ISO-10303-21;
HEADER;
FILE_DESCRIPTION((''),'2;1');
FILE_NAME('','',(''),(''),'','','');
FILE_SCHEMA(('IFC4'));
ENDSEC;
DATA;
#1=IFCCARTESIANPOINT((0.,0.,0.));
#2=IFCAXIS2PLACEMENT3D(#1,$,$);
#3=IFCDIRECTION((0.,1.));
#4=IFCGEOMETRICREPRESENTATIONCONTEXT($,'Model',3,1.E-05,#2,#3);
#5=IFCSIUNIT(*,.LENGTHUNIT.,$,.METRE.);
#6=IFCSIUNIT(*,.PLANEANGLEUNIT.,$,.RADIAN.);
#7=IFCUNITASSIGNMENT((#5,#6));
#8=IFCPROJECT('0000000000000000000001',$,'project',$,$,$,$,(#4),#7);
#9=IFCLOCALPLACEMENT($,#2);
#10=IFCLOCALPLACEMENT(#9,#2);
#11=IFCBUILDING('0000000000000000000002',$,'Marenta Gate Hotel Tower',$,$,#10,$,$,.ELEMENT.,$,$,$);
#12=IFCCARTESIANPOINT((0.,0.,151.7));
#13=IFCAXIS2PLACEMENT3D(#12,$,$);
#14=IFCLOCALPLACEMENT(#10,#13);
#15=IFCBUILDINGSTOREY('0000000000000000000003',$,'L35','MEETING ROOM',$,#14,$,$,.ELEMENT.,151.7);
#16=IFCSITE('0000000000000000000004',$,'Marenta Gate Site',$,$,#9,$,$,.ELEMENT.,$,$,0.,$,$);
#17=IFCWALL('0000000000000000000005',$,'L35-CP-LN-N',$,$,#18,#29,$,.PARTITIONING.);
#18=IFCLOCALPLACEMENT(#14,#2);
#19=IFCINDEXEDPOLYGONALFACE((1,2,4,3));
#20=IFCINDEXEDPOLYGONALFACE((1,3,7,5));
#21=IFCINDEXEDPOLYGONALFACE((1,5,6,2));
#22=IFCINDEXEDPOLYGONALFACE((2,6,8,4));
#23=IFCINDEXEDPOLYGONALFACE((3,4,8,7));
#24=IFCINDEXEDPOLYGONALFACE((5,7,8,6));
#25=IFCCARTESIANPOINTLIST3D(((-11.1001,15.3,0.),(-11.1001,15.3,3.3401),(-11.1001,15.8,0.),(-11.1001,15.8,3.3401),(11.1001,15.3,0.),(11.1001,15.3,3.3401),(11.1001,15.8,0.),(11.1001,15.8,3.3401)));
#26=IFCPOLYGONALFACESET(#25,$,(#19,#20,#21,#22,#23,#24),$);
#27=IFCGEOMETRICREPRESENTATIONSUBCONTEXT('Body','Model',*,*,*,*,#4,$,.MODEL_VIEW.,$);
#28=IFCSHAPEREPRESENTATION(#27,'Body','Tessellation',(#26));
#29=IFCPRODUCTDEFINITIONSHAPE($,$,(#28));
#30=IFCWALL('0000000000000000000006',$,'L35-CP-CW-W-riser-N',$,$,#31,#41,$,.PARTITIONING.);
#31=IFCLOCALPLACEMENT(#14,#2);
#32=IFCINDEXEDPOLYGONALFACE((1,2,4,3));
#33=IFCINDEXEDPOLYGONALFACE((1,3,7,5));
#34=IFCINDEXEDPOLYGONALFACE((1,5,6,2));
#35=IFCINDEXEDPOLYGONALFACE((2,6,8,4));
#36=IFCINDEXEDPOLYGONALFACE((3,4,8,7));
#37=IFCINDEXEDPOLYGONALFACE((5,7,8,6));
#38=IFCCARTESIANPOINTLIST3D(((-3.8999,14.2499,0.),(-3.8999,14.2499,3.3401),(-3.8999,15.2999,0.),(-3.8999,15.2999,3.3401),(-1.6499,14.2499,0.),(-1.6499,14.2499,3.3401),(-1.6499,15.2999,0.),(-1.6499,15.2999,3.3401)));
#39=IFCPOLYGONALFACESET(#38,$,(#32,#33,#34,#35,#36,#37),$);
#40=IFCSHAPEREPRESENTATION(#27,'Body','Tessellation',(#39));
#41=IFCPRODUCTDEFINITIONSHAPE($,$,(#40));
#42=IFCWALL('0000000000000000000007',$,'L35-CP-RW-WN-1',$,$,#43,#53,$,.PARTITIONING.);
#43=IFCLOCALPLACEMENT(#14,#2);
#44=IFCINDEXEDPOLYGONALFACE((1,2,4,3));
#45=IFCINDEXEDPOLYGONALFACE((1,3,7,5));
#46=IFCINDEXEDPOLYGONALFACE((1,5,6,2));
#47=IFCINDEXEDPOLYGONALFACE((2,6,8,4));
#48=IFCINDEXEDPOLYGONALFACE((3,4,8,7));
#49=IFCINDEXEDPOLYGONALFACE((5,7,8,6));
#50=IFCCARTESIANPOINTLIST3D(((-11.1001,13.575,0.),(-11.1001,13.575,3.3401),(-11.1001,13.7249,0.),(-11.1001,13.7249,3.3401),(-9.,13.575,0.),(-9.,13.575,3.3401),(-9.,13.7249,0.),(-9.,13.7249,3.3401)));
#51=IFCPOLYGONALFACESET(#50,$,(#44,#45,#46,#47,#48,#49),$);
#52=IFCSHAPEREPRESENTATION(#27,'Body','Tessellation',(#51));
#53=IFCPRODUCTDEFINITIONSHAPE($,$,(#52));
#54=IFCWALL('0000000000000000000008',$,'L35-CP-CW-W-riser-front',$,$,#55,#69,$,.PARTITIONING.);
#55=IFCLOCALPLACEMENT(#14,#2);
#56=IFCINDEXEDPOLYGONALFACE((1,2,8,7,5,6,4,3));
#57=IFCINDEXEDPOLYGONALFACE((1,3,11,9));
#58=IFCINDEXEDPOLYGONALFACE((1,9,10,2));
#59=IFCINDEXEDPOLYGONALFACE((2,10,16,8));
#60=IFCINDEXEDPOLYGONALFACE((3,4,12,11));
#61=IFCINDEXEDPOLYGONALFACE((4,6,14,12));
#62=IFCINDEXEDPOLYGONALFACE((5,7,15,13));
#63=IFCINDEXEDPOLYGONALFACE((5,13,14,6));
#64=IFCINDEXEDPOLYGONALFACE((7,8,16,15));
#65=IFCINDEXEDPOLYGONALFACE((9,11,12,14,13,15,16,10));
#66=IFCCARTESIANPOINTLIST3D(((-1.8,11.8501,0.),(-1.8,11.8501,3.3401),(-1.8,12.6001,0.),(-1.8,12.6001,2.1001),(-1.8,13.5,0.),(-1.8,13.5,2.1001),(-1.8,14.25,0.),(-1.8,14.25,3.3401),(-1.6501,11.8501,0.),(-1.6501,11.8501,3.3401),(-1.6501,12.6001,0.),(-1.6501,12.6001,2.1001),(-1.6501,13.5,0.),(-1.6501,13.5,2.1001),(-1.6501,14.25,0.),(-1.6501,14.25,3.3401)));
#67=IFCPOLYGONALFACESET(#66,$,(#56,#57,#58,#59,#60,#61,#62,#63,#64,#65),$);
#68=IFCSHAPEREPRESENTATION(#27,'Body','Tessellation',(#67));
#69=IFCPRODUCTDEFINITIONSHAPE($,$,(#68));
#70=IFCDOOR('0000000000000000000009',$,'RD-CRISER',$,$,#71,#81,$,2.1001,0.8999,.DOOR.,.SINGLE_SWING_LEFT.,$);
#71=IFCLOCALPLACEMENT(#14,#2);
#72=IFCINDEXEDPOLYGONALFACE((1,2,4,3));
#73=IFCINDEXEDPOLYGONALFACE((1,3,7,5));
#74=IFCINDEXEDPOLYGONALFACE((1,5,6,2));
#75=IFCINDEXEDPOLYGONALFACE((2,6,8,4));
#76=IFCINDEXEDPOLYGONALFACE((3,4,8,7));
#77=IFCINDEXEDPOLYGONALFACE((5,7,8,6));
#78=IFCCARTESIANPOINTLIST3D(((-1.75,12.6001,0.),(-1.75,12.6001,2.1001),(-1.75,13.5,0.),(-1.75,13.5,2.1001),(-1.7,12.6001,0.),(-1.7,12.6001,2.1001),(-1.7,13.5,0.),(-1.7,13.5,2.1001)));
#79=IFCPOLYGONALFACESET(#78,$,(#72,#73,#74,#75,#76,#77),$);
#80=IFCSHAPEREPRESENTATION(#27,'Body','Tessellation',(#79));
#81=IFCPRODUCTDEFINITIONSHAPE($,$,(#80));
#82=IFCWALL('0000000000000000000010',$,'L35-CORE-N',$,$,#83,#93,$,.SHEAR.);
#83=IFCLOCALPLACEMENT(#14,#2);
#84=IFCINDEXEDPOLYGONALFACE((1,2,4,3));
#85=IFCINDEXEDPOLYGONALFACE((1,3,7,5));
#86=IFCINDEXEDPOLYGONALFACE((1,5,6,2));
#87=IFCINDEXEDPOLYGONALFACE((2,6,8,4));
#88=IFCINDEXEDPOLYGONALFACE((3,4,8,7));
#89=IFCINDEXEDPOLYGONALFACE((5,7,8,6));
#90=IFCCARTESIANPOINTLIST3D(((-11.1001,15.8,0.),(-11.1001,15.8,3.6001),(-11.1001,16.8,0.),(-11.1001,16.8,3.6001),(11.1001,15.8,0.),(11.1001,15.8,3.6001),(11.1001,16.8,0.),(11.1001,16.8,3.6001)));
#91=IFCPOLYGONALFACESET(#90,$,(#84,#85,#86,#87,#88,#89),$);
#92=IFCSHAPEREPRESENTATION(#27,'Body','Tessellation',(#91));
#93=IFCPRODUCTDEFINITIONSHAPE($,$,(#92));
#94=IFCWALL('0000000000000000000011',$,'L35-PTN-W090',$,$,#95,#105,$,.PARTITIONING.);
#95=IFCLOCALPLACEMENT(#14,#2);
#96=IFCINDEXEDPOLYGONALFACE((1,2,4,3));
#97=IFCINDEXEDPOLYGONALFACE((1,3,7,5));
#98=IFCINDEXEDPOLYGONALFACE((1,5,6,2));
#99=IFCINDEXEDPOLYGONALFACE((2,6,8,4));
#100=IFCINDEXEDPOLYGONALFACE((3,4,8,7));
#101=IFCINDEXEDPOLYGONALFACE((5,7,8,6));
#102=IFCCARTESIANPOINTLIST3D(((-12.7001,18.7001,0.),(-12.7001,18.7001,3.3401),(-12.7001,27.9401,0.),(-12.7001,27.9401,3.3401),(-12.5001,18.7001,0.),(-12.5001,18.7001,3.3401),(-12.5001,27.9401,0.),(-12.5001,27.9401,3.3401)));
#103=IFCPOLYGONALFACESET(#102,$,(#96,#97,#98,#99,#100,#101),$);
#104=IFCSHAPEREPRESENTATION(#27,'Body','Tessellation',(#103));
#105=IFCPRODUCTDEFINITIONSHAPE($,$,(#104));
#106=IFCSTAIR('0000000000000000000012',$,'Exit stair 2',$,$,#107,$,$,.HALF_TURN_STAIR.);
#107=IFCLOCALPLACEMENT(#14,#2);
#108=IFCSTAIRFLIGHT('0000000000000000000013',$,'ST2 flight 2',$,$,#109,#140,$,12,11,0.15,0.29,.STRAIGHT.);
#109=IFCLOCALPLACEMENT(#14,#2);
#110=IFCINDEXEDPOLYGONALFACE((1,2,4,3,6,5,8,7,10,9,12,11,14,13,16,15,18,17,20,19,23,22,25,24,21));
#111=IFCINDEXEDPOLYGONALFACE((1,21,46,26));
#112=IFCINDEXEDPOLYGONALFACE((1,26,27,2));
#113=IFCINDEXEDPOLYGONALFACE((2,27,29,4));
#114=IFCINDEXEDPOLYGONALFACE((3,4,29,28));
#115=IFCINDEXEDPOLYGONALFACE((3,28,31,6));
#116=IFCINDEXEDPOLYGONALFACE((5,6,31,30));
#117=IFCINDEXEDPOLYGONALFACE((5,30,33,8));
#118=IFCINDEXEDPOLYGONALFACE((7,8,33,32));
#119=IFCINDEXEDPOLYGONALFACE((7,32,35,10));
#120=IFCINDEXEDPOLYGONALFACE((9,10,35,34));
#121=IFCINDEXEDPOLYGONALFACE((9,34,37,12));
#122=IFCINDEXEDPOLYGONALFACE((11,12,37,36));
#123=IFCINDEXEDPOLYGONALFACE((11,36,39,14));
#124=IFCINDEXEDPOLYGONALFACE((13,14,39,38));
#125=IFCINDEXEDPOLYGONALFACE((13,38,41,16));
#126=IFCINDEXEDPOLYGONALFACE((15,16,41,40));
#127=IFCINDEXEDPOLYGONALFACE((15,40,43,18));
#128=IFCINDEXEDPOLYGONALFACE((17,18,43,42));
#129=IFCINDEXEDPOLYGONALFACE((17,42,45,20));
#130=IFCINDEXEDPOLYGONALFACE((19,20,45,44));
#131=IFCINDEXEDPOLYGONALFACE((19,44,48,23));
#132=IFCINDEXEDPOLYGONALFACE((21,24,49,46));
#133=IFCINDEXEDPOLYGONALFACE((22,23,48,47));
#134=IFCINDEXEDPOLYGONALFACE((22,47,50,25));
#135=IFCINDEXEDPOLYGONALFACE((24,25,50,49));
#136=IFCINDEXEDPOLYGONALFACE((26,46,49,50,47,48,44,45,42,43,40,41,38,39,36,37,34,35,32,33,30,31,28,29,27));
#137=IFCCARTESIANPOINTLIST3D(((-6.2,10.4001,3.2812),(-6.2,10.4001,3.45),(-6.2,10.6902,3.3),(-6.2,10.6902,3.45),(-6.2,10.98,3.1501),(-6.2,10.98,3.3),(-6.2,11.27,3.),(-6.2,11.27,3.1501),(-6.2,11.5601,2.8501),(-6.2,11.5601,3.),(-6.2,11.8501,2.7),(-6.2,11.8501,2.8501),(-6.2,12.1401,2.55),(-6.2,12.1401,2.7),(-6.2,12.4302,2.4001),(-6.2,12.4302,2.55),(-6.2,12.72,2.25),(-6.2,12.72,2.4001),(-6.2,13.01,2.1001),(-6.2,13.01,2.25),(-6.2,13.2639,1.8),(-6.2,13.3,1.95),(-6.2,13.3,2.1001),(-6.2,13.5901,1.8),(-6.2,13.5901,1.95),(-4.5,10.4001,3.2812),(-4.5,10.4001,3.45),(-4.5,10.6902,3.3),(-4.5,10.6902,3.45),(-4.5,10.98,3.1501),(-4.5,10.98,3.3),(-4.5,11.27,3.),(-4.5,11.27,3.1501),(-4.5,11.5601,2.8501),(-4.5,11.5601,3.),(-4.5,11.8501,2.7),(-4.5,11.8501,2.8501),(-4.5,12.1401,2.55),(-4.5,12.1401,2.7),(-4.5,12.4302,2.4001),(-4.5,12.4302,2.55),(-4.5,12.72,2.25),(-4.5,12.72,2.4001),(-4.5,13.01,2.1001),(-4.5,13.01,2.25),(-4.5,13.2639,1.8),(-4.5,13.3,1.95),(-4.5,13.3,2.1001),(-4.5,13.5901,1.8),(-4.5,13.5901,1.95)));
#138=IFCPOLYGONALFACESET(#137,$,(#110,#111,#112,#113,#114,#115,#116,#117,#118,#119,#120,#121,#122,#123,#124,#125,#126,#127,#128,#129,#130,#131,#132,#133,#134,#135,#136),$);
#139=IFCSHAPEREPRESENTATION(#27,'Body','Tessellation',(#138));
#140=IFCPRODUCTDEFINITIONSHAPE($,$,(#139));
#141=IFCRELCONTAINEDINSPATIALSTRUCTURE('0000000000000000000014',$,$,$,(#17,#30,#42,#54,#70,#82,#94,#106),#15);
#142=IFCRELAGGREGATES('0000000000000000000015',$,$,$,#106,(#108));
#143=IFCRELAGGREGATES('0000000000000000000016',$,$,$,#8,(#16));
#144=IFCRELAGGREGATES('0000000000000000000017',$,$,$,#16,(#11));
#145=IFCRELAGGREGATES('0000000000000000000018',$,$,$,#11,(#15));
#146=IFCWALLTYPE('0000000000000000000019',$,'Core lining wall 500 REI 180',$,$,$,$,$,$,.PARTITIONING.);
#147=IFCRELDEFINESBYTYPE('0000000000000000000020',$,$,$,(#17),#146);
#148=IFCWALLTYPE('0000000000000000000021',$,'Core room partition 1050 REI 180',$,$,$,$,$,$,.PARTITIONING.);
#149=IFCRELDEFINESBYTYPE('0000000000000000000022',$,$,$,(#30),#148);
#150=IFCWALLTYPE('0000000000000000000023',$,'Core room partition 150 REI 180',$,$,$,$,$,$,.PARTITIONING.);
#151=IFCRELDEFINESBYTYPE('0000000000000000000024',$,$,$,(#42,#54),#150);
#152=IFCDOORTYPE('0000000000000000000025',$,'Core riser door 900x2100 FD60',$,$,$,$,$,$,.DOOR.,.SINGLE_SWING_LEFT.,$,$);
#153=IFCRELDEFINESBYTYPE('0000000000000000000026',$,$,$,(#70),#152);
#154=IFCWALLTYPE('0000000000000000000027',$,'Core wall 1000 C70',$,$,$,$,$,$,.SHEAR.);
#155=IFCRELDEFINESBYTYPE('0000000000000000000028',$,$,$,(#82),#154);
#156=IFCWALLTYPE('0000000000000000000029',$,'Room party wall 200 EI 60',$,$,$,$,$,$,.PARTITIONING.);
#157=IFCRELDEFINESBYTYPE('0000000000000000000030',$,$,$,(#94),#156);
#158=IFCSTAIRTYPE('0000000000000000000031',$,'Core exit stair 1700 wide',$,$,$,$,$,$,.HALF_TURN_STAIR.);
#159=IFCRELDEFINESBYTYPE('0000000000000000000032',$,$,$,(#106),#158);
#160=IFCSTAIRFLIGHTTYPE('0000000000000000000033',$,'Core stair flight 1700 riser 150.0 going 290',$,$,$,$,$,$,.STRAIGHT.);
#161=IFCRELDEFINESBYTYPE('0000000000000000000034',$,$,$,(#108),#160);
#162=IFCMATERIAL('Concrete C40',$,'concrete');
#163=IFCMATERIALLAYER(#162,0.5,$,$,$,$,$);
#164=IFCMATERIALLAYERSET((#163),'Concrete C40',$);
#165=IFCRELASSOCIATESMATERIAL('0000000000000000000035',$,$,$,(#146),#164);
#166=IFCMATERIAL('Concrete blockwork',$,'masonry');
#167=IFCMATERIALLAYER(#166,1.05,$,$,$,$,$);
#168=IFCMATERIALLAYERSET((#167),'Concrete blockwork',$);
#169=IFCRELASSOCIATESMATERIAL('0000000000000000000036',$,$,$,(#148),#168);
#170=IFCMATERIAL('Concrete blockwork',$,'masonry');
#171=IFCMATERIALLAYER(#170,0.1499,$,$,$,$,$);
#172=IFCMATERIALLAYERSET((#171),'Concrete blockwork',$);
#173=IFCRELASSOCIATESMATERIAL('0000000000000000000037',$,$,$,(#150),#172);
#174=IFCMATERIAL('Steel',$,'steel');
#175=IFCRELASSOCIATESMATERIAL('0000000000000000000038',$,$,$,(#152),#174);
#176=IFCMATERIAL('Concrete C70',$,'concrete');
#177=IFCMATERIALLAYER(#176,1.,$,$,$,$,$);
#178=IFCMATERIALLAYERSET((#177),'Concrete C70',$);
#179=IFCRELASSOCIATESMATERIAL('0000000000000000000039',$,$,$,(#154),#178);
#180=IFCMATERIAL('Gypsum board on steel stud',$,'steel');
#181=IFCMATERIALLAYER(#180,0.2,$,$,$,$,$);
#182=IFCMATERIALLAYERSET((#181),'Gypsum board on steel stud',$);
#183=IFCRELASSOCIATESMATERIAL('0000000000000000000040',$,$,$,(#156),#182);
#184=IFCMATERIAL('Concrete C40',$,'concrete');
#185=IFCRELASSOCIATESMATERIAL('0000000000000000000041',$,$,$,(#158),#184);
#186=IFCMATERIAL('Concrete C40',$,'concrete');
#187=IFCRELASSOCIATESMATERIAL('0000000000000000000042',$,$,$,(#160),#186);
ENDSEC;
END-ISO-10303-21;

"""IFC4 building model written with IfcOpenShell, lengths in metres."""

from ifc_helpers import new_model, si_unit, direction, frame, frame_2d, origin, place, context, subcontext, project, spatial, polyline, rectangle, outline, extrude, material, layer, layer_set, type_object, element, fill, aggregate, save


model = new_model("IFC4")

# Units and contexts
model_context = context("Model", 3, precision=1e-05, world=origin(), true_north=direction((0.0, 1.0)))
body_context = subcontext(model_context, "Body", "Model", "MODEL_VIEW")
ifc_project = project(units=[si_unit("LENGTHUNIT", "METRE"), si_unit("PLANEANGLEUNIT", "RADIAN")], contexts=[model_context])

# Site, building, storey
site_placement = place(None, origin())
site = spatial("IfcSite", under=ifc_project, at=site_placement, Name="Marenta Gate Site", CompositionType="ELEMENT", RefElevation=0.0)
building_placement = place(site_placement, origin())
building = spatial("IfcBuilding", under=site, at=building_placement, Name="Marenta Gate Hotel Tower", CompositionType="ELEMENT")
storey_placement = place(building_placement, frame((0.0, 0.0, 151.7)))
storey = spatial("IfcBuildingStorey", under=building, at=storey_placement, Name="L35", Description="MEETING ROOM", CompositionType="ELEMENT", Elevation=151.7)

# Walls
ifc_material_1 = material(Name="Concrete C40", Category="concrete")
ifc_layer_1 = layer(ifc_material_1, 0.5)
ifc_layer_set_1 = layer_set([ifc_layer_1], Name="Concrete C40")
wall_type_1 = type_object("IfcWallType", Name="Core lining wall 500 REI 180", PredefinedType="PARTITIONING", material=ifc_layer_set_1)
wall_1_placement = place(storey_placement, frame((-11.1001, 15.55, 0.0), z_axis=(0.0, 0.0, 1.0), x_axis=(1.0, 0.0, 0.0)))
element("IfcWall", 1, at=wall_1_placement, inside=storey, type_object=wall_type_1, Name="L35-CP-LN-N", PredefinedType="PARTITIONING", context=body_context, shape_type="SweptSolid", body=[
    extrude(rectangle(XDim=22.2002, YDim=0.5, at=frame_2d((11.1001, 0.0))), origin(), (0.0, 0.0, 1.0), 3.3401),
])
ifc_material_2 = material(Name="Concrete blockwork", Category="masonry")
ifc_layer_2 = layer(ifc_material_2, 1.05)
ifc_layer_set_2 = layer_set([ifc_layer_2], Name="Concrete blockwork")
wall_type_2 = type_object("IfcWallType", Name="Core room partition 1050 REI 180", PredefinedType="PARTITIONING", material=ifc_layer_set_2)
wall_2_placement = place(storey_placement, frame((-3.8999, 14.7749, 0.0), z_axis=(0.0, 0.0, 1.0), x_axis=(1.0, 0.0, 0.0)))
element("IfcWall", 2, at=wall_2_placement, inside=storey, type_object=wall_type_2, Name="L35-CP-CW-W-riser-N", PredefinedType="PARTITIONING", context=body_context, shape_type="SweptSolid", body=[
    extrude(rectangle(XDim=2.25, YDim=1.05, at=frame_2d((1.125, 0.0))), origin(), (0.0, 0.0, 1.0), 3.3401),
])
ifc_material_3 = material(Name="Concrete blockwork", Category="masonry")
ifc_layer_3 = layer(ifc_material_3, 0.1499)
ifc_layer_set_3 = layer_set([ifc_layer_3], Name="Concrete blockwork")
wall_type_3 = type_object("IfcWallType", Name="Core room partition 150 REI 180", PredefinedType="PARTITIONING", material=ifc_layer_set_3)
wall_3_placement = place(storey_placement, frame((-11.1001, 13.6499, 0.0), z_axis=(0.0, 0.0, 1.0), x_axis=(1.0, 0.0, 0.0)))
element("IfcWall", 3, at=wall_3_placement, inside=storey, type_object=wall_type_3, Name="L35-CP-RW-WN-1", PredefinedType="PARTITIONING", context=body_context, shape_type="SweptSolid", body=[
    extrude(rectangle(XDim=2.1001, YDim=0.1499, at=frame_2d((1.05, 0.0))), origin(), (0.0, 0.0, 1.0), 3.3401),
])

# Wall, opening, door
wall_4_placement = place(storey_placement, frame((-1.7251, 11.8501, 0.0), z_axis=(0.0, 0.0, 1.0), x_axis=(0.0, 1.0, 0.0)))
wall_4 = element("IfcWall", 4, at=wall_4_placement, inside=storey, type_object=wall_type_3, Name="L35-CP-CW-W-riser-front", PredefinedType="PARTITIONING", context=body_context, shape_type="SweptSolid", body=[
    extrude(rectangle(XDim=2.3999, YDim=0.1499, at=frame_2d((1.2, 0.0))), origin(), (0.0, 0.0, 1.0), 3.3401),
])
opening_1_placement = place(wall_4_placement, frame((0.75, 0.0, 0.0)))
opening_1 = element("IfcOpeningElement", 5, at=opening_1_placement, cuts=wall_4, PredefinedType="OPENING", context=body_context, shape_type="SweptSolid", body=[
    extrude(rectangle(XDim=0.8999, YDim=2.1001, at=frame_2d((0.45, 1.05))), frame((0.0, 0.075, 0.0), z_axis=(0.0, -1.0, 0.0), x_axis=(1.0, 0.0, 0.0)), (0.0, 0.0, 1.0), 0.1499),
])
ifc_material_4 = material(Name="Steel", Category="steel")
door_type_1 = type_object("IfcDoorType", Name="Core riser door 900x2100 FD60", OperationType="SINGLE_SWING_LEFT", PredefinedType="DOOR", material=ifc_material_4)
door_1_placement = place(opening_1_placement, origin())
door_1 = element("IfcDoor", 6, at=door_1_placement, inside=storey, type_object=door_type_1, Name="RD-CRISER", OperationType="SINGLE_SWING_LEFT", OverallHeight=2.1001, OverallWidth=0.8999, PredefinedType="DOOR", context=body_context, shape_type="SweptSolid", body=[
    extrude(rectangle(XDim=0.8999, YDim=2.1001, at=frame_2d((0.45, 1.05))), frame((0.0, 0.0249, 0.0), z_axis=(0.0, -1.0, 0.0), x_axis=(1.0, 0.0, 0.0)), (0.0, 0.0, 1.0), 0.05),
])
fill(opening_1, door_1)

# Walls
ifc_material_5 = material(Name="Concrete C70", Category="concrete")
ifc_layer_4 = layer(ifc_material_5, 1.0)
ifc_layer_set_4 = layer_set([ifc_layer_4], Name="Concrete C70")
wall_type_4 = type_object("IfcWallType", Name="Core wall 1000 C70", PredefinedType="SHEAR", material=ifc_layer_set_4)
wall_5_placement = place(storey_placement, frame((-11.1001, 16.3, 0.0), z_axis=(0.0, 0.0, 1.0), x_axis=(1.0, 0.0, 0.0)))
element("IfcWall", 7, at=wall_5_placement, inside=storey, type_object=wall_type_4, Name="L35-CORE-N", PredefinedType="SHEAR", context=body_context, shape_type="SweptSolid", body=[
    extrude(rectangle(XDim=22.2002, YDim=1.0, at=frame_2d((11.1001, 0.0))), origin(), (0.0, 0.0, 1.0), 3.6001),
])
ifc_material_6 = material(Name="Gypsum board on steel stud", Category="steel")
ifc_layer_5 = layer(ifc_material_6, 0.2)
ifc_layer_set_5 = layer_set([ifc_layer_5], Name="Gypsum board on steel stud")
wall_type_5 = type_object("IfcWallType", Name="Room party wall 200 EI 60", PredefinedType="PARTITIONING", material=ifc_layer_set_5)
wall_6_placement = place(storey_placement, frame((-12.6001, 18.7, 0.0), z_axis=(0.0, 0.0, 1.0), x_axis=(0.0, 1.0, 0.0)))
element("IfcWall", 8, at=wall_6_placement, inside=storey, type_object=wall_type_5, Name="L35-PTN-W090", PredefinedType="PARTITIONING", context=body_context, shape_type="SweptSolid", body=[
    extrude(rectangle(XDim=9.24, YDim=0.2, at=frame_2d((4.6201, 0.0))), origin(), (0.0, 0.0, 1.0), 3.3401),
])

# Stair, stair flight
ifc_material_7 = material(Name="Concrete C40", Category="concrete")
stair_type = type_object("IfcStairType", Name="Core exit stair 1700 wide", PredefinedType="HALF_TURN_STAIR", material=ifc_material_7)
stair_placement = place(storey_placement, origin())
stair = element("IfcStair", 9, at=stair_placement, inside=storey, type_object=stair_type, Name="Exit stair 2", PredefinedType="HALF_TURN_STAIR")
ifc_material_8 = material(Name="Concrete C40", Category="concrete")
stair_flight_type = type_object("IfcStairFlightType", Name="Core stair flight 1700 riser 150.0 going 290", PredefinedType="STRAIGHT", material=ifc_material_8)
stair_flight_placement = place(storey_placement, frame((-5.3501, 13.5901, 1.8), z_axis=(0.0, 0.0, 1.0), x_axis=(0.0, -1.0, 0.0)))
stair_flight = element("IfcStairFlight", 10, at=stair_flight_placement, type_object=stair_flight_type, Name="ST2 flight 2", NumberOfRisers=12, NumberOfTreads=11, PredefinedType="STRAIGHT", RiserHeight=0.15, TreadLength=0.29, context=body_context, shape_type="SweptSolid", body=[
    extrude(outline(polyline([(0.0, 0.0), (0.0, 0.1499), (0.29, 0.1499), (0.29, 0.3), (0.5801, 0.3), (0.5801, 0.45), (0.8701, 0.45), (0.8701, 0.6001), (1.1599, 0.6001), (1.1599, 0.75), (1.45, 0.75), (1.45, 0.8999), (1.74, 0.8999), (1.74, 1.05), (2.03, 1.05), (2.03, 1.2), (2.3201, 1.2), (2.3201, 1.3501), (2.6101, 1.3501), (2.6101, 1.5), (2.8999, 1.5), (2.8999, 1.6499), (3.1899, 1.6499), (3.1899, 1.8), (3.1899, 1.4812), (0.3262, 0.0), (0.0, 0.0)])), frame((0.0, 0.8501, 0.0), z_axis=(0.0, -1.0, 0.0), x_axis=(1.0, 0.0, 0.0)), (0.0, 0.0, 1.0), 1.7),
])
aggregate(stair, [stair_flight])

save(model, "model.ifc")
